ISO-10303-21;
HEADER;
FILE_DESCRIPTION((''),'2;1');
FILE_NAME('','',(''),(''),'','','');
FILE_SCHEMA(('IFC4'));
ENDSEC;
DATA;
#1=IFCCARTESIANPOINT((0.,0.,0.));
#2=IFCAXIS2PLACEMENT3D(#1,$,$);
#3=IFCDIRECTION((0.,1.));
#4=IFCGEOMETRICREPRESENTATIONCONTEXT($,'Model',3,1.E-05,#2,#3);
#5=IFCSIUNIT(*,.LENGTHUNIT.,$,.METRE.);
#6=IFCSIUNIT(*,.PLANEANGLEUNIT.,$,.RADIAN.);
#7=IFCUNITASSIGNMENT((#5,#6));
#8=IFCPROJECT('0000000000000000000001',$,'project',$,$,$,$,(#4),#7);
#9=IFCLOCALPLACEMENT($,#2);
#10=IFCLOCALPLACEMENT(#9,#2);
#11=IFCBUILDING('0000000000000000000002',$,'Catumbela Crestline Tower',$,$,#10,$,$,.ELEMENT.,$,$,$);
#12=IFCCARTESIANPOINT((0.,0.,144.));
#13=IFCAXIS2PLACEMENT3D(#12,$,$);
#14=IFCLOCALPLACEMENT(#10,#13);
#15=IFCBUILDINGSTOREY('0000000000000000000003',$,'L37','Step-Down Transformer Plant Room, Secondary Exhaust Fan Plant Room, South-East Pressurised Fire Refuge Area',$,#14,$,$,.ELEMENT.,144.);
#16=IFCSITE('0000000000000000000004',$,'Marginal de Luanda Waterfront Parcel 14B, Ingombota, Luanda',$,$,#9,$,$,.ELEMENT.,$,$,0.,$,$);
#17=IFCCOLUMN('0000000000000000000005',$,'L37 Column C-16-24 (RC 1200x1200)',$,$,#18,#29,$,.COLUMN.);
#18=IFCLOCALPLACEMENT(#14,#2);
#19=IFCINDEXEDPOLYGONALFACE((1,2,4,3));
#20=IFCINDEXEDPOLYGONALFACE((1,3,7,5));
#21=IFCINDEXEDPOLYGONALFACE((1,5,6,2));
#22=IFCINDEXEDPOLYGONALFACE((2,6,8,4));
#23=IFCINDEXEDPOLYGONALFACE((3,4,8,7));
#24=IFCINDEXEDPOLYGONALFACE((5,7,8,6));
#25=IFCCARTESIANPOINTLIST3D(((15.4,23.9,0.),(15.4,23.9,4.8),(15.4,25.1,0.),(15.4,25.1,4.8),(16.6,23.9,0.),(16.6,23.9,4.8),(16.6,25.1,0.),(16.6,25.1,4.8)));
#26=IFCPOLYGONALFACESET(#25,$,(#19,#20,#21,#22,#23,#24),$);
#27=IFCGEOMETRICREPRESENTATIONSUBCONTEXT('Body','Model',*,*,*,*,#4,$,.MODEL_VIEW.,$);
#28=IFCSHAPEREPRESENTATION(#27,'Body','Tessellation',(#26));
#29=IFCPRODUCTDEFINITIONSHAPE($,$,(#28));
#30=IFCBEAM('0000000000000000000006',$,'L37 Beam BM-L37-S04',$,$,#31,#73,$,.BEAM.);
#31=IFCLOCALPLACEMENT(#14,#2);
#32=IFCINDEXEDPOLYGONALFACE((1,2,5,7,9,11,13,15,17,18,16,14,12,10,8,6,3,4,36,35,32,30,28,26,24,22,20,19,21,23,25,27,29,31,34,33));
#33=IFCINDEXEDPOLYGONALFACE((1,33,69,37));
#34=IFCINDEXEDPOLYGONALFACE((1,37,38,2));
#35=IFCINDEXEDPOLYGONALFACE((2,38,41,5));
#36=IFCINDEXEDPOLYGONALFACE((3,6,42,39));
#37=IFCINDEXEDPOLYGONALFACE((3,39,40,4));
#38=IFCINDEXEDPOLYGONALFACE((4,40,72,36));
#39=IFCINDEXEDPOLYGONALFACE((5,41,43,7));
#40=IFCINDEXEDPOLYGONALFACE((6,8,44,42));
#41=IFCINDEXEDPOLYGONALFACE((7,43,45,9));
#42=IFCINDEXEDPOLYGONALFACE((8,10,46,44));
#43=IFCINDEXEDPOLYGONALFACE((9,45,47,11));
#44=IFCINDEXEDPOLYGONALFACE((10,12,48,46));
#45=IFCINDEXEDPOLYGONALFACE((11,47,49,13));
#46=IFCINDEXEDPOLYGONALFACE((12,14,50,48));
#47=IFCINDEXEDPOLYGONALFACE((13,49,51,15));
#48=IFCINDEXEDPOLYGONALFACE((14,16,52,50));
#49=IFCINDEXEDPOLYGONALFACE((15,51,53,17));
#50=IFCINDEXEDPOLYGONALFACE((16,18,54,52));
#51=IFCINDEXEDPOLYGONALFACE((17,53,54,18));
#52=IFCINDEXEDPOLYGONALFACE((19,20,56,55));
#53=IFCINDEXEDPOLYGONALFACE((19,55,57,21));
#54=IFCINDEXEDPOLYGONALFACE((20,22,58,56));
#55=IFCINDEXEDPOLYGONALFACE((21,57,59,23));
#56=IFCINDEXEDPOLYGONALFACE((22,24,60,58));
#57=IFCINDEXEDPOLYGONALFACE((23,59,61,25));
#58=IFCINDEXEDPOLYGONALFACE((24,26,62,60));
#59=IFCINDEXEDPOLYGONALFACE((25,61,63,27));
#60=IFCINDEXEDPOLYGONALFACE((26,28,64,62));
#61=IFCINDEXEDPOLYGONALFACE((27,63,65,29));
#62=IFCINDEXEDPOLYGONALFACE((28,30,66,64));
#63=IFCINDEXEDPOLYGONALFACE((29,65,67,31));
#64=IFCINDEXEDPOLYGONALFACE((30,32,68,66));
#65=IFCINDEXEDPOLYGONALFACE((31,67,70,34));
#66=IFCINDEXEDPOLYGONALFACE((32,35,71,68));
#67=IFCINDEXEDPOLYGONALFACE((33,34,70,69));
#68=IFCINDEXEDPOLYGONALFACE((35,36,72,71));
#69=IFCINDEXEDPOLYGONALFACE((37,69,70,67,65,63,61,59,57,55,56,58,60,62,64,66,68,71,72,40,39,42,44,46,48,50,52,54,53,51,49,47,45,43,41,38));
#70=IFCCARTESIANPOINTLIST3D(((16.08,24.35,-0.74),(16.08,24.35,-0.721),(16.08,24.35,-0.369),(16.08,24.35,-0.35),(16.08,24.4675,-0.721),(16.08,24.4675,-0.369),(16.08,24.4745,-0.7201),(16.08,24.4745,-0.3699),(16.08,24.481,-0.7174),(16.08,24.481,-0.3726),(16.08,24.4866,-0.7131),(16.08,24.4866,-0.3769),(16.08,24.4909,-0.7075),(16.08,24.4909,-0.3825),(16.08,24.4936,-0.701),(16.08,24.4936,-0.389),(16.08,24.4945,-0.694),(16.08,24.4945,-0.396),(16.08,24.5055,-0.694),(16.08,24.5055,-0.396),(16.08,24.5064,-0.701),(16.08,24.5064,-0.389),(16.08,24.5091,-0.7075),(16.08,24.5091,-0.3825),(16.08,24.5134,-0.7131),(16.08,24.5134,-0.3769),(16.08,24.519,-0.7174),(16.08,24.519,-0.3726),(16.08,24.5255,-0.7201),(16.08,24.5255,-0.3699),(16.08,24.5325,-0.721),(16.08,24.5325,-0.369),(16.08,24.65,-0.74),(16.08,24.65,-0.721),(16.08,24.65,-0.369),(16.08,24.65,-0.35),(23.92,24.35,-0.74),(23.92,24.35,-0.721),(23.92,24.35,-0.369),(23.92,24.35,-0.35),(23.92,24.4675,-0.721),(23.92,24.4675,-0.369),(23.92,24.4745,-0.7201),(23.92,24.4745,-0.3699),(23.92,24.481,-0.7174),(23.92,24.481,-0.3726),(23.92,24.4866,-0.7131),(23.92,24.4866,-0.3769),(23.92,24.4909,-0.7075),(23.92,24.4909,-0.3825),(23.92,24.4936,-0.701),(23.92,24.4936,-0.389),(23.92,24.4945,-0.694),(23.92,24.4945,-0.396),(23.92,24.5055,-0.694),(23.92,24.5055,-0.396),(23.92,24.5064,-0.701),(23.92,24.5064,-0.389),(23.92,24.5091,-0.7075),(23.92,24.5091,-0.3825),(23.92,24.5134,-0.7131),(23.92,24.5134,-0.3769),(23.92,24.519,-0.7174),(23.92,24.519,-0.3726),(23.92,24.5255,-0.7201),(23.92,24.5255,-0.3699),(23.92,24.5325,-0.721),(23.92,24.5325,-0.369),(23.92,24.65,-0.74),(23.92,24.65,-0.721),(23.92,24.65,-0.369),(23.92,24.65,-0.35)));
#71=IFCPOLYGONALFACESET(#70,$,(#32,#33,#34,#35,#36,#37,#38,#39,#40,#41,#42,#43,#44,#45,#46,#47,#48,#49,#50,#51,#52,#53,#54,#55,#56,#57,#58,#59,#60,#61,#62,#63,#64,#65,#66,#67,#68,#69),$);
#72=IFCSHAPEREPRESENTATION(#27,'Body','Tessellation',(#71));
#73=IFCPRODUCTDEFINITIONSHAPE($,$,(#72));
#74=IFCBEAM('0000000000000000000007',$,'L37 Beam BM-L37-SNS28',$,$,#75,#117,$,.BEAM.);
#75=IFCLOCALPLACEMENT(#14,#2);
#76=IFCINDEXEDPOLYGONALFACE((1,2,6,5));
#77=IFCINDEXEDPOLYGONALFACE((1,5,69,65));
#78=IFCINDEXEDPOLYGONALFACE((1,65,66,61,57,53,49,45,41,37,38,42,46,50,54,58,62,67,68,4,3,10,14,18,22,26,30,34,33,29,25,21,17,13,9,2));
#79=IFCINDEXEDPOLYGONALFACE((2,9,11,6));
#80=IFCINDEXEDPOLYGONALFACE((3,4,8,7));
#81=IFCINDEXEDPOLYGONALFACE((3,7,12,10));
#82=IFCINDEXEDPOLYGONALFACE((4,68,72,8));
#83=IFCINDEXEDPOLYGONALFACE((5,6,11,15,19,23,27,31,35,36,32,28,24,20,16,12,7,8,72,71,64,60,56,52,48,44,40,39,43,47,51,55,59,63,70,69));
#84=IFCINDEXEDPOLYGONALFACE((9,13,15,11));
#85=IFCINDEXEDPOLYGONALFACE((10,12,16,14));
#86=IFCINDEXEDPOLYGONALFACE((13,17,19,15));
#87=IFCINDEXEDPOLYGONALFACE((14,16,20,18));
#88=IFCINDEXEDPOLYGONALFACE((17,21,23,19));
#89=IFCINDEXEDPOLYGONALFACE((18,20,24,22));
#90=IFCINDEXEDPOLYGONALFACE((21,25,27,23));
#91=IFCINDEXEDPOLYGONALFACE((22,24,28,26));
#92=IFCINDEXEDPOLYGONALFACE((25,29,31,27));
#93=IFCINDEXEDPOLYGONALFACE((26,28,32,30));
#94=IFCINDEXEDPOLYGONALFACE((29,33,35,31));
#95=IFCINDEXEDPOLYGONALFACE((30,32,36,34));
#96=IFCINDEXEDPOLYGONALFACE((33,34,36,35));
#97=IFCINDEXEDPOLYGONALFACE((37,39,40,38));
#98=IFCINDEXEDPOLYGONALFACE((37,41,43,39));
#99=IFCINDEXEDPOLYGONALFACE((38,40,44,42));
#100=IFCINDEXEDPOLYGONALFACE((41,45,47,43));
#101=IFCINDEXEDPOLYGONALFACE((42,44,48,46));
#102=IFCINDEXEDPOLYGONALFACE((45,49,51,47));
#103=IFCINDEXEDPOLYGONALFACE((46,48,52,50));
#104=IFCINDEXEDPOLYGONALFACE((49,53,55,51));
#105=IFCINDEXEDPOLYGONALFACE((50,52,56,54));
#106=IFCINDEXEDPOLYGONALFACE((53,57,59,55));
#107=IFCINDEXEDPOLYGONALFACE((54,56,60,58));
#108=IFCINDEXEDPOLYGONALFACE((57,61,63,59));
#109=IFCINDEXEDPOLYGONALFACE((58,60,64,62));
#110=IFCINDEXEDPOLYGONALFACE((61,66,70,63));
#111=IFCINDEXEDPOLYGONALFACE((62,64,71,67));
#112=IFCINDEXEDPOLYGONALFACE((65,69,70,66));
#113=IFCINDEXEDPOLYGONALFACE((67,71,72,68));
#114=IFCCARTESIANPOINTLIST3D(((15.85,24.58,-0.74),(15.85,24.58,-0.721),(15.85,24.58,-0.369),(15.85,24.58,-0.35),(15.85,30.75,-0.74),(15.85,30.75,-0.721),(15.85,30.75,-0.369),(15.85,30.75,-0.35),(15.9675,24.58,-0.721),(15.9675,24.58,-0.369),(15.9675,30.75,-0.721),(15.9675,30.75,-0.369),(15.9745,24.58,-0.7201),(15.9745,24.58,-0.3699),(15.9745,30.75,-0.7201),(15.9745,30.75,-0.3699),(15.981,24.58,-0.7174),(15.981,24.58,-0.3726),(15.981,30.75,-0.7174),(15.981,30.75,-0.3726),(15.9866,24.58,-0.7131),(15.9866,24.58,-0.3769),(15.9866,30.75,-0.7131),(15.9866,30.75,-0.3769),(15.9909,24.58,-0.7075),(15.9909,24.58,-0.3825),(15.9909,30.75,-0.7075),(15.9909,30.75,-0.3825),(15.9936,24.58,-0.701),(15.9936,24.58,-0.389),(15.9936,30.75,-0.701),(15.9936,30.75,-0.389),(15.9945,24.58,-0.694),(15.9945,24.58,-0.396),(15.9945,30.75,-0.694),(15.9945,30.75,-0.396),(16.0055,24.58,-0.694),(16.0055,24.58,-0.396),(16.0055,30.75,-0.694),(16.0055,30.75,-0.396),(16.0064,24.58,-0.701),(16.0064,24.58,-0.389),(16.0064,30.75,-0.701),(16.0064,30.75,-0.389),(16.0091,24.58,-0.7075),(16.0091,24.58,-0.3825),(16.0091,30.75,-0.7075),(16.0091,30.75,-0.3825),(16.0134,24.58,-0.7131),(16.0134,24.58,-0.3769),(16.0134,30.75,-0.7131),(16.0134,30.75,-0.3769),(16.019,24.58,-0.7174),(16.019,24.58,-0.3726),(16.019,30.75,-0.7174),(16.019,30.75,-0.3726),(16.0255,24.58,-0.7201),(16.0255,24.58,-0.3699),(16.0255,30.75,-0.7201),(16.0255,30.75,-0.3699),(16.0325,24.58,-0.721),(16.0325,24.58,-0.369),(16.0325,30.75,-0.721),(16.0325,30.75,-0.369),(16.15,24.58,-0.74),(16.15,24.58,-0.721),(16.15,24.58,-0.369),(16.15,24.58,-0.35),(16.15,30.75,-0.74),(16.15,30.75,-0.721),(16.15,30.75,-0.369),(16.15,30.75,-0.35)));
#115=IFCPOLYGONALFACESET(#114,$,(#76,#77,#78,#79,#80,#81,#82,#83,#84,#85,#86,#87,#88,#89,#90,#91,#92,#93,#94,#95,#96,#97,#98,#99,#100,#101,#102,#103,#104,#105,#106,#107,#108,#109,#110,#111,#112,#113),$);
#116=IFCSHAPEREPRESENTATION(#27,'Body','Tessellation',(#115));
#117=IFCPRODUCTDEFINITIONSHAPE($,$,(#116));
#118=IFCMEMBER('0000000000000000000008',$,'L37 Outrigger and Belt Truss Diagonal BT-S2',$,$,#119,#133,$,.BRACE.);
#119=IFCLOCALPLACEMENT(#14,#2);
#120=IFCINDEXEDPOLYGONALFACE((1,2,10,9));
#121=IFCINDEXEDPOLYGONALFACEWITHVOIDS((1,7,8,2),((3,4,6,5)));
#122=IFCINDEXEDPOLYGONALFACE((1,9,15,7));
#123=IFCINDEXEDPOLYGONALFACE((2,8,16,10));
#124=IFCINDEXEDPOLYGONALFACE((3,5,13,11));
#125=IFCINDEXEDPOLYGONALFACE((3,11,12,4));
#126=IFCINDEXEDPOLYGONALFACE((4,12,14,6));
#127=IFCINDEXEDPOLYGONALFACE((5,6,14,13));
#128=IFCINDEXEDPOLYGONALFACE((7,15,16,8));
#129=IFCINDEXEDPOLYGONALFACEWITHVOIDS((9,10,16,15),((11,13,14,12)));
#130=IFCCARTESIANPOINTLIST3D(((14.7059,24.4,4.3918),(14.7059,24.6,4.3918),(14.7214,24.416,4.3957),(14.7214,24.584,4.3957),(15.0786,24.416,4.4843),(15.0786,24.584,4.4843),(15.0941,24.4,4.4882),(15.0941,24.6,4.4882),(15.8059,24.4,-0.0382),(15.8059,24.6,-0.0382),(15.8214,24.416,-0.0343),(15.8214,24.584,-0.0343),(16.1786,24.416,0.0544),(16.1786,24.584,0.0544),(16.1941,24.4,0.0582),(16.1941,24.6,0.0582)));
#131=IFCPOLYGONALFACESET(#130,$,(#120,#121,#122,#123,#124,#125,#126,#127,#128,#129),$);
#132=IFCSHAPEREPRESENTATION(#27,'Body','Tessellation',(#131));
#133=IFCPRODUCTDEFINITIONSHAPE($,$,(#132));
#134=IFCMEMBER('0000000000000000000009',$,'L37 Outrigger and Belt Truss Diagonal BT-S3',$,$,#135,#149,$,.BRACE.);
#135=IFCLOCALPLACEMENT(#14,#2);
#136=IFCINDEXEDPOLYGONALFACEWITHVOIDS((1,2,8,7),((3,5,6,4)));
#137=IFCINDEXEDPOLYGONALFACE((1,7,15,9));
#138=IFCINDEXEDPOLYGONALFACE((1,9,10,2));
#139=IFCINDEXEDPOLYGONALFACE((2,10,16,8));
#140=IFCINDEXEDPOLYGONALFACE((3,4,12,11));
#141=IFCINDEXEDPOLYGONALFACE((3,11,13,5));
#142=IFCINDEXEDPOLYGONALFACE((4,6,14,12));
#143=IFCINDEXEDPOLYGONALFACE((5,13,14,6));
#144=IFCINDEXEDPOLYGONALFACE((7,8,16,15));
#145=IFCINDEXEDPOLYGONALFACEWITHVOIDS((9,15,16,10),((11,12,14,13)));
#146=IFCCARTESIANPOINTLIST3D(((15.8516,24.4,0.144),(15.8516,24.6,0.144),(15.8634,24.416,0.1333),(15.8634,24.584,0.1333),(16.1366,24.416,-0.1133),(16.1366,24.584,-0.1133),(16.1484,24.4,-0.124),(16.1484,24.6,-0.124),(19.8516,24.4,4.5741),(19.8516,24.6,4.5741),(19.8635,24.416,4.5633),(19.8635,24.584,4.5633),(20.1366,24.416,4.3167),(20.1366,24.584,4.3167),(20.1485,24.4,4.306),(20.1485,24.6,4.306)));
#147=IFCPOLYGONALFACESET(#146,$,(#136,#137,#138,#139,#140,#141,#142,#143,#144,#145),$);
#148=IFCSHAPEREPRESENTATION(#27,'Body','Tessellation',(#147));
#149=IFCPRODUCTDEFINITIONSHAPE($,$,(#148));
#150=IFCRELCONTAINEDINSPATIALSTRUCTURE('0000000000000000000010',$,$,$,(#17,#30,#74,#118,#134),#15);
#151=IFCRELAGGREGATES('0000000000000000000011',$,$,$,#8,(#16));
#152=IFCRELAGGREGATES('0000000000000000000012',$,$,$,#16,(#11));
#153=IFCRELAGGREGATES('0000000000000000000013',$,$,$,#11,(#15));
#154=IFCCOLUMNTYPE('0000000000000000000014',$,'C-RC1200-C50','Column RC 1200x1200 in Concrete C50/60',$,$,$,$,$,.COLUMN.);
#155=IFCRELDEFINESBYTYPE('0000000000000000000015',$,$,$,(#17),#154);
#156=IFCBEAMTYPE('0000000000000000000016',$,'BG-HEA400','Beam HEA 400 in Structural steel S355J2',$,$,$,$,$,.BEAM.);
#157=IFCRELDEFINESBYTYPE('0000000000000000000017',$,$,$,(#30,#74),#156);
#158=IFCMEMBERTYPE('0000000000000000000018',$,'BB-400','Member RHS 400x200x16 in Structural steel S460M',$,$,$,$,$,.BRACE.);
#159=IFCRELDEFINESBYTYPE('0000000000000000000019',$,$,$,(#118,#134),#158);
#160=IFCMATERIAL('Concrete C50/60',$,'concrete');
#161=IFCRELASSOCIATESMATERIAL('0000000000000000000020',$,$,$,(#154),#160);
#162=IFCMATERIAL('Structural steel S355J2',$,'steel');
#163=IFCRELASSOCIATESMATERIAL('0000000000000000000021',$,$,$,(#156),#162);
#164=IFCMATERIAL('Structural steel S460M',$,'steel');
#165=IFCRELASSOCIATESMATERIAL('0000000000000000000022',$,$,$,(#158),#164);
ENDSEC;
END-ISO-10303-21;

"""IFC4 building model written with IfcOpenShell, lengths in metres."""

from ifc_helpers import new_model, si_unit, direction, frame, origin, origin_2d, place, context, subcontext, project, spatial, rectangle, hollow_rectangle, i_section, extrude, material, material_profile, profile_set, type_object, element, save


model = new_model("IFC4")

# Units and contexts
model_context = context("Model", 3, precision=1e-05, world=origin(), true_north=direction((0.0, 1.0)))
body_context = subcontext(model_context, "Body", "Model", "MODEL_VIEW")
ifc_project = project(units=[si_unit("LENGTHUNIT", "METRE"), si_unit("PLANEANGLEUNIT", "RADIAN")], contexts=[model_context])

# Site, building, storey
site_placement = place(None, origin())
site = spatial("IfcSite", under=ifc_project, at=site_placement, Name="Marginal de Luanda Waterfront Parcel 14B, Ingombota, Luanda", CompositionType="ELEMENT", RefElevation=0.0)
building_placement = place(site_placement, origin())
building = spatial("IfcBuilding", under=site, at=building_placement, Name="Catumbela Crestline Tower", CompositionType="ELEMENT")
storey_placement = place(building_placement, frame((0.0, 0.0, 144.0)))
storey = spatial("IfcBuildingStorey", under=building, at=storey_placement, Name="L37", Description="Step-Down Transformer Plant Room, Secondary Exhaust Fan Plant Room, South-East Pressurised Fire Refuge Area", CompositionType="ELEMENT", Elevation=144.0)

# Column
ifc_material_1 = material(Name="Concrete C50/60", Category="concrete")
ifc_material_profile_1 = material_profile(ifc_material_1, rectangle(XDim=1.2, YDim=1.2, at=origin_2d()), Name="RC 1200x1200")
ifc_profile_set_1 = profile_set([ifc_material_profile_1], Name="Concrete C50/60")
column_type = type_object("IfcColumnType", Name="C-RC1200-C50", Description="Column RC 1200x1200 in Concrete C50/60", PredefinedType="COLUMN", material=ifc_profile_set_1)
column_placement = place(storey_placement, frame((16.0, 24.5, 0.0), z_axis=(0.0, 0.0, 1.0), x_axis=(1.0, 0.0, 0.0)))
element("IfcColumn", 1, at=column_placement, inside=storey, type_object=column_type, Name="L37 Column C-16-24 (RC 1200x1200)", PredefinedType="COLUMN", context=body_context, shape_type="SweptSolid", body=[
    extrude(rectangle(XDim=1.2, YDim=1.2, at=origin_2d()), origin(), (0.0, 0.0, 1.0), 4.8),
])

# Beams
ifc_material_2 = material(Name="Structural steel S355J2", Category="steel")
ifc_material_profile_2 = material_profile(ifc_material_2, i_section(OverallWidth=0.3, OverallDepth=0.39, WebThickness=0.011, FlangeThickness=0.019, FilletRadius=0.027, at=origin_2d()), Name="HEA 400")
ifc_profile_set_2 = profile_set([ifc_material_profile_2], Name="Structural steel S355J2")
beam_type = type_object("IfcBeamType", Name="BG-HEA400", Description="Beam HEA 400 in Structural steel S355J2", PredefinedType="BEAM", material=ifc_profile_set_2)
beam_1_placement = place(storey_placement, frame((16.08, 24.5, -0.545), z_axis=(1.0, 0.0, 0.0), x_axis=(0.0, 1.0, 0.0)))
element("IfcBeam", 2, at=beam_1_placement, inside=storey, type_object=beam_type, Name="L37 Beam BM-L37-S04", PredefinedType="BEAM", context=body_context, shape_type="SweptSolid", body=[
    extrude(i_section(OverallWidth=0.3, OverallDepth=0.39, WebThickness=0.011, FlangeThickness=0.019, FilletRadius=0.027, at=origin_2d()), origin(), (0.0, 0.0, 1.0), 7.84),
])
beam_2_placement = place(storey_placement, frame((16.0, 24.58, -0.545), z_axis=(0.0, 1.0, 0.0), x_axis=(-1.0, 0.0, 0.0)))
element("IfcBeam", 3, at=beam_2_placement, inside=storey, type_object=beam_type, Name="L37 Beam BM-L37-SNS28", PredefinedType="BEAM", context=body_context, shape_type="SweptSolid", body=[
    extrude(i_section(OverallWidth=0.3, OverallDepth=0.39, WebThickness=0.011, FlangeThickness=0.019, FilletRadius=0.027, at=origin_2d()), origin(), (0.0, 0.0, 1.0), 6.17),
])

# Members
ifc_material_3 = material(Name="Structural steel S460M", Category="steel")
ifc_material_profile_3 = material_profile(ifc_material_3, hollow_rectangle(XDim=0.2, YDim=0.4, WallThickness=0.016, at=origin_2d()), Name="RHS 400x200x16")
ifc_profile_set_3 = profile_set([ifc_material_profile_3], Name="Structural steel S460M")
member_type_1 = type_object("IfcMemberType", Name="BB-400", Description="Member RHS 400x200x16 in Structural steel S460M", PredefinedType="BRACE", material=ifc_profile_set_3)
member_1_placement = place(storey_placement, frame((14.9, 24.5, 4.44), z_axis=(0.240989, 0.0, -0.970528), x_axis=(0.0, 1.0, 0.0)))
element("IfcMember", 4, at=member_1_placement, inside=storey, type_object=member_type_1, Name="L37 Outrigger and Belt Truss Diagonal BT-S2", PredefinedType="BRACE", context=body_context, shape_type="SweptSolid", body=[
    extrude(hollow_rectangle(XDim=0.2, YDim=0.4, WallThickness=0.016, at=origin_2d()), origin(), (0.0, 0.0, 1.0), 4.5645),
])
member_2_placement = place(storey_placement, frame((16.0, 24.5, 0.01), z_axis=(0.670167, 0.0, 0.74221), x_axis=(0.0, 1.0, 0.0)))
element("IfcMember", 5, at=member_2_placement, inside=storey, type_object=member_type_1, Name="L37 Outrigger and Belt Truss Diagonal BT-S3", PredefinedType="BRACE", context=body_context, shape_type="SweptSolid", body=[
    extrude(hollow_rectangle(XDim=0.2, YDim=0.4, WallThickness=0.016, at=origin_2d()), origin(), (0.0, 0.0, 1.0), 5.9687),
])

save(model, "model.ifc")
